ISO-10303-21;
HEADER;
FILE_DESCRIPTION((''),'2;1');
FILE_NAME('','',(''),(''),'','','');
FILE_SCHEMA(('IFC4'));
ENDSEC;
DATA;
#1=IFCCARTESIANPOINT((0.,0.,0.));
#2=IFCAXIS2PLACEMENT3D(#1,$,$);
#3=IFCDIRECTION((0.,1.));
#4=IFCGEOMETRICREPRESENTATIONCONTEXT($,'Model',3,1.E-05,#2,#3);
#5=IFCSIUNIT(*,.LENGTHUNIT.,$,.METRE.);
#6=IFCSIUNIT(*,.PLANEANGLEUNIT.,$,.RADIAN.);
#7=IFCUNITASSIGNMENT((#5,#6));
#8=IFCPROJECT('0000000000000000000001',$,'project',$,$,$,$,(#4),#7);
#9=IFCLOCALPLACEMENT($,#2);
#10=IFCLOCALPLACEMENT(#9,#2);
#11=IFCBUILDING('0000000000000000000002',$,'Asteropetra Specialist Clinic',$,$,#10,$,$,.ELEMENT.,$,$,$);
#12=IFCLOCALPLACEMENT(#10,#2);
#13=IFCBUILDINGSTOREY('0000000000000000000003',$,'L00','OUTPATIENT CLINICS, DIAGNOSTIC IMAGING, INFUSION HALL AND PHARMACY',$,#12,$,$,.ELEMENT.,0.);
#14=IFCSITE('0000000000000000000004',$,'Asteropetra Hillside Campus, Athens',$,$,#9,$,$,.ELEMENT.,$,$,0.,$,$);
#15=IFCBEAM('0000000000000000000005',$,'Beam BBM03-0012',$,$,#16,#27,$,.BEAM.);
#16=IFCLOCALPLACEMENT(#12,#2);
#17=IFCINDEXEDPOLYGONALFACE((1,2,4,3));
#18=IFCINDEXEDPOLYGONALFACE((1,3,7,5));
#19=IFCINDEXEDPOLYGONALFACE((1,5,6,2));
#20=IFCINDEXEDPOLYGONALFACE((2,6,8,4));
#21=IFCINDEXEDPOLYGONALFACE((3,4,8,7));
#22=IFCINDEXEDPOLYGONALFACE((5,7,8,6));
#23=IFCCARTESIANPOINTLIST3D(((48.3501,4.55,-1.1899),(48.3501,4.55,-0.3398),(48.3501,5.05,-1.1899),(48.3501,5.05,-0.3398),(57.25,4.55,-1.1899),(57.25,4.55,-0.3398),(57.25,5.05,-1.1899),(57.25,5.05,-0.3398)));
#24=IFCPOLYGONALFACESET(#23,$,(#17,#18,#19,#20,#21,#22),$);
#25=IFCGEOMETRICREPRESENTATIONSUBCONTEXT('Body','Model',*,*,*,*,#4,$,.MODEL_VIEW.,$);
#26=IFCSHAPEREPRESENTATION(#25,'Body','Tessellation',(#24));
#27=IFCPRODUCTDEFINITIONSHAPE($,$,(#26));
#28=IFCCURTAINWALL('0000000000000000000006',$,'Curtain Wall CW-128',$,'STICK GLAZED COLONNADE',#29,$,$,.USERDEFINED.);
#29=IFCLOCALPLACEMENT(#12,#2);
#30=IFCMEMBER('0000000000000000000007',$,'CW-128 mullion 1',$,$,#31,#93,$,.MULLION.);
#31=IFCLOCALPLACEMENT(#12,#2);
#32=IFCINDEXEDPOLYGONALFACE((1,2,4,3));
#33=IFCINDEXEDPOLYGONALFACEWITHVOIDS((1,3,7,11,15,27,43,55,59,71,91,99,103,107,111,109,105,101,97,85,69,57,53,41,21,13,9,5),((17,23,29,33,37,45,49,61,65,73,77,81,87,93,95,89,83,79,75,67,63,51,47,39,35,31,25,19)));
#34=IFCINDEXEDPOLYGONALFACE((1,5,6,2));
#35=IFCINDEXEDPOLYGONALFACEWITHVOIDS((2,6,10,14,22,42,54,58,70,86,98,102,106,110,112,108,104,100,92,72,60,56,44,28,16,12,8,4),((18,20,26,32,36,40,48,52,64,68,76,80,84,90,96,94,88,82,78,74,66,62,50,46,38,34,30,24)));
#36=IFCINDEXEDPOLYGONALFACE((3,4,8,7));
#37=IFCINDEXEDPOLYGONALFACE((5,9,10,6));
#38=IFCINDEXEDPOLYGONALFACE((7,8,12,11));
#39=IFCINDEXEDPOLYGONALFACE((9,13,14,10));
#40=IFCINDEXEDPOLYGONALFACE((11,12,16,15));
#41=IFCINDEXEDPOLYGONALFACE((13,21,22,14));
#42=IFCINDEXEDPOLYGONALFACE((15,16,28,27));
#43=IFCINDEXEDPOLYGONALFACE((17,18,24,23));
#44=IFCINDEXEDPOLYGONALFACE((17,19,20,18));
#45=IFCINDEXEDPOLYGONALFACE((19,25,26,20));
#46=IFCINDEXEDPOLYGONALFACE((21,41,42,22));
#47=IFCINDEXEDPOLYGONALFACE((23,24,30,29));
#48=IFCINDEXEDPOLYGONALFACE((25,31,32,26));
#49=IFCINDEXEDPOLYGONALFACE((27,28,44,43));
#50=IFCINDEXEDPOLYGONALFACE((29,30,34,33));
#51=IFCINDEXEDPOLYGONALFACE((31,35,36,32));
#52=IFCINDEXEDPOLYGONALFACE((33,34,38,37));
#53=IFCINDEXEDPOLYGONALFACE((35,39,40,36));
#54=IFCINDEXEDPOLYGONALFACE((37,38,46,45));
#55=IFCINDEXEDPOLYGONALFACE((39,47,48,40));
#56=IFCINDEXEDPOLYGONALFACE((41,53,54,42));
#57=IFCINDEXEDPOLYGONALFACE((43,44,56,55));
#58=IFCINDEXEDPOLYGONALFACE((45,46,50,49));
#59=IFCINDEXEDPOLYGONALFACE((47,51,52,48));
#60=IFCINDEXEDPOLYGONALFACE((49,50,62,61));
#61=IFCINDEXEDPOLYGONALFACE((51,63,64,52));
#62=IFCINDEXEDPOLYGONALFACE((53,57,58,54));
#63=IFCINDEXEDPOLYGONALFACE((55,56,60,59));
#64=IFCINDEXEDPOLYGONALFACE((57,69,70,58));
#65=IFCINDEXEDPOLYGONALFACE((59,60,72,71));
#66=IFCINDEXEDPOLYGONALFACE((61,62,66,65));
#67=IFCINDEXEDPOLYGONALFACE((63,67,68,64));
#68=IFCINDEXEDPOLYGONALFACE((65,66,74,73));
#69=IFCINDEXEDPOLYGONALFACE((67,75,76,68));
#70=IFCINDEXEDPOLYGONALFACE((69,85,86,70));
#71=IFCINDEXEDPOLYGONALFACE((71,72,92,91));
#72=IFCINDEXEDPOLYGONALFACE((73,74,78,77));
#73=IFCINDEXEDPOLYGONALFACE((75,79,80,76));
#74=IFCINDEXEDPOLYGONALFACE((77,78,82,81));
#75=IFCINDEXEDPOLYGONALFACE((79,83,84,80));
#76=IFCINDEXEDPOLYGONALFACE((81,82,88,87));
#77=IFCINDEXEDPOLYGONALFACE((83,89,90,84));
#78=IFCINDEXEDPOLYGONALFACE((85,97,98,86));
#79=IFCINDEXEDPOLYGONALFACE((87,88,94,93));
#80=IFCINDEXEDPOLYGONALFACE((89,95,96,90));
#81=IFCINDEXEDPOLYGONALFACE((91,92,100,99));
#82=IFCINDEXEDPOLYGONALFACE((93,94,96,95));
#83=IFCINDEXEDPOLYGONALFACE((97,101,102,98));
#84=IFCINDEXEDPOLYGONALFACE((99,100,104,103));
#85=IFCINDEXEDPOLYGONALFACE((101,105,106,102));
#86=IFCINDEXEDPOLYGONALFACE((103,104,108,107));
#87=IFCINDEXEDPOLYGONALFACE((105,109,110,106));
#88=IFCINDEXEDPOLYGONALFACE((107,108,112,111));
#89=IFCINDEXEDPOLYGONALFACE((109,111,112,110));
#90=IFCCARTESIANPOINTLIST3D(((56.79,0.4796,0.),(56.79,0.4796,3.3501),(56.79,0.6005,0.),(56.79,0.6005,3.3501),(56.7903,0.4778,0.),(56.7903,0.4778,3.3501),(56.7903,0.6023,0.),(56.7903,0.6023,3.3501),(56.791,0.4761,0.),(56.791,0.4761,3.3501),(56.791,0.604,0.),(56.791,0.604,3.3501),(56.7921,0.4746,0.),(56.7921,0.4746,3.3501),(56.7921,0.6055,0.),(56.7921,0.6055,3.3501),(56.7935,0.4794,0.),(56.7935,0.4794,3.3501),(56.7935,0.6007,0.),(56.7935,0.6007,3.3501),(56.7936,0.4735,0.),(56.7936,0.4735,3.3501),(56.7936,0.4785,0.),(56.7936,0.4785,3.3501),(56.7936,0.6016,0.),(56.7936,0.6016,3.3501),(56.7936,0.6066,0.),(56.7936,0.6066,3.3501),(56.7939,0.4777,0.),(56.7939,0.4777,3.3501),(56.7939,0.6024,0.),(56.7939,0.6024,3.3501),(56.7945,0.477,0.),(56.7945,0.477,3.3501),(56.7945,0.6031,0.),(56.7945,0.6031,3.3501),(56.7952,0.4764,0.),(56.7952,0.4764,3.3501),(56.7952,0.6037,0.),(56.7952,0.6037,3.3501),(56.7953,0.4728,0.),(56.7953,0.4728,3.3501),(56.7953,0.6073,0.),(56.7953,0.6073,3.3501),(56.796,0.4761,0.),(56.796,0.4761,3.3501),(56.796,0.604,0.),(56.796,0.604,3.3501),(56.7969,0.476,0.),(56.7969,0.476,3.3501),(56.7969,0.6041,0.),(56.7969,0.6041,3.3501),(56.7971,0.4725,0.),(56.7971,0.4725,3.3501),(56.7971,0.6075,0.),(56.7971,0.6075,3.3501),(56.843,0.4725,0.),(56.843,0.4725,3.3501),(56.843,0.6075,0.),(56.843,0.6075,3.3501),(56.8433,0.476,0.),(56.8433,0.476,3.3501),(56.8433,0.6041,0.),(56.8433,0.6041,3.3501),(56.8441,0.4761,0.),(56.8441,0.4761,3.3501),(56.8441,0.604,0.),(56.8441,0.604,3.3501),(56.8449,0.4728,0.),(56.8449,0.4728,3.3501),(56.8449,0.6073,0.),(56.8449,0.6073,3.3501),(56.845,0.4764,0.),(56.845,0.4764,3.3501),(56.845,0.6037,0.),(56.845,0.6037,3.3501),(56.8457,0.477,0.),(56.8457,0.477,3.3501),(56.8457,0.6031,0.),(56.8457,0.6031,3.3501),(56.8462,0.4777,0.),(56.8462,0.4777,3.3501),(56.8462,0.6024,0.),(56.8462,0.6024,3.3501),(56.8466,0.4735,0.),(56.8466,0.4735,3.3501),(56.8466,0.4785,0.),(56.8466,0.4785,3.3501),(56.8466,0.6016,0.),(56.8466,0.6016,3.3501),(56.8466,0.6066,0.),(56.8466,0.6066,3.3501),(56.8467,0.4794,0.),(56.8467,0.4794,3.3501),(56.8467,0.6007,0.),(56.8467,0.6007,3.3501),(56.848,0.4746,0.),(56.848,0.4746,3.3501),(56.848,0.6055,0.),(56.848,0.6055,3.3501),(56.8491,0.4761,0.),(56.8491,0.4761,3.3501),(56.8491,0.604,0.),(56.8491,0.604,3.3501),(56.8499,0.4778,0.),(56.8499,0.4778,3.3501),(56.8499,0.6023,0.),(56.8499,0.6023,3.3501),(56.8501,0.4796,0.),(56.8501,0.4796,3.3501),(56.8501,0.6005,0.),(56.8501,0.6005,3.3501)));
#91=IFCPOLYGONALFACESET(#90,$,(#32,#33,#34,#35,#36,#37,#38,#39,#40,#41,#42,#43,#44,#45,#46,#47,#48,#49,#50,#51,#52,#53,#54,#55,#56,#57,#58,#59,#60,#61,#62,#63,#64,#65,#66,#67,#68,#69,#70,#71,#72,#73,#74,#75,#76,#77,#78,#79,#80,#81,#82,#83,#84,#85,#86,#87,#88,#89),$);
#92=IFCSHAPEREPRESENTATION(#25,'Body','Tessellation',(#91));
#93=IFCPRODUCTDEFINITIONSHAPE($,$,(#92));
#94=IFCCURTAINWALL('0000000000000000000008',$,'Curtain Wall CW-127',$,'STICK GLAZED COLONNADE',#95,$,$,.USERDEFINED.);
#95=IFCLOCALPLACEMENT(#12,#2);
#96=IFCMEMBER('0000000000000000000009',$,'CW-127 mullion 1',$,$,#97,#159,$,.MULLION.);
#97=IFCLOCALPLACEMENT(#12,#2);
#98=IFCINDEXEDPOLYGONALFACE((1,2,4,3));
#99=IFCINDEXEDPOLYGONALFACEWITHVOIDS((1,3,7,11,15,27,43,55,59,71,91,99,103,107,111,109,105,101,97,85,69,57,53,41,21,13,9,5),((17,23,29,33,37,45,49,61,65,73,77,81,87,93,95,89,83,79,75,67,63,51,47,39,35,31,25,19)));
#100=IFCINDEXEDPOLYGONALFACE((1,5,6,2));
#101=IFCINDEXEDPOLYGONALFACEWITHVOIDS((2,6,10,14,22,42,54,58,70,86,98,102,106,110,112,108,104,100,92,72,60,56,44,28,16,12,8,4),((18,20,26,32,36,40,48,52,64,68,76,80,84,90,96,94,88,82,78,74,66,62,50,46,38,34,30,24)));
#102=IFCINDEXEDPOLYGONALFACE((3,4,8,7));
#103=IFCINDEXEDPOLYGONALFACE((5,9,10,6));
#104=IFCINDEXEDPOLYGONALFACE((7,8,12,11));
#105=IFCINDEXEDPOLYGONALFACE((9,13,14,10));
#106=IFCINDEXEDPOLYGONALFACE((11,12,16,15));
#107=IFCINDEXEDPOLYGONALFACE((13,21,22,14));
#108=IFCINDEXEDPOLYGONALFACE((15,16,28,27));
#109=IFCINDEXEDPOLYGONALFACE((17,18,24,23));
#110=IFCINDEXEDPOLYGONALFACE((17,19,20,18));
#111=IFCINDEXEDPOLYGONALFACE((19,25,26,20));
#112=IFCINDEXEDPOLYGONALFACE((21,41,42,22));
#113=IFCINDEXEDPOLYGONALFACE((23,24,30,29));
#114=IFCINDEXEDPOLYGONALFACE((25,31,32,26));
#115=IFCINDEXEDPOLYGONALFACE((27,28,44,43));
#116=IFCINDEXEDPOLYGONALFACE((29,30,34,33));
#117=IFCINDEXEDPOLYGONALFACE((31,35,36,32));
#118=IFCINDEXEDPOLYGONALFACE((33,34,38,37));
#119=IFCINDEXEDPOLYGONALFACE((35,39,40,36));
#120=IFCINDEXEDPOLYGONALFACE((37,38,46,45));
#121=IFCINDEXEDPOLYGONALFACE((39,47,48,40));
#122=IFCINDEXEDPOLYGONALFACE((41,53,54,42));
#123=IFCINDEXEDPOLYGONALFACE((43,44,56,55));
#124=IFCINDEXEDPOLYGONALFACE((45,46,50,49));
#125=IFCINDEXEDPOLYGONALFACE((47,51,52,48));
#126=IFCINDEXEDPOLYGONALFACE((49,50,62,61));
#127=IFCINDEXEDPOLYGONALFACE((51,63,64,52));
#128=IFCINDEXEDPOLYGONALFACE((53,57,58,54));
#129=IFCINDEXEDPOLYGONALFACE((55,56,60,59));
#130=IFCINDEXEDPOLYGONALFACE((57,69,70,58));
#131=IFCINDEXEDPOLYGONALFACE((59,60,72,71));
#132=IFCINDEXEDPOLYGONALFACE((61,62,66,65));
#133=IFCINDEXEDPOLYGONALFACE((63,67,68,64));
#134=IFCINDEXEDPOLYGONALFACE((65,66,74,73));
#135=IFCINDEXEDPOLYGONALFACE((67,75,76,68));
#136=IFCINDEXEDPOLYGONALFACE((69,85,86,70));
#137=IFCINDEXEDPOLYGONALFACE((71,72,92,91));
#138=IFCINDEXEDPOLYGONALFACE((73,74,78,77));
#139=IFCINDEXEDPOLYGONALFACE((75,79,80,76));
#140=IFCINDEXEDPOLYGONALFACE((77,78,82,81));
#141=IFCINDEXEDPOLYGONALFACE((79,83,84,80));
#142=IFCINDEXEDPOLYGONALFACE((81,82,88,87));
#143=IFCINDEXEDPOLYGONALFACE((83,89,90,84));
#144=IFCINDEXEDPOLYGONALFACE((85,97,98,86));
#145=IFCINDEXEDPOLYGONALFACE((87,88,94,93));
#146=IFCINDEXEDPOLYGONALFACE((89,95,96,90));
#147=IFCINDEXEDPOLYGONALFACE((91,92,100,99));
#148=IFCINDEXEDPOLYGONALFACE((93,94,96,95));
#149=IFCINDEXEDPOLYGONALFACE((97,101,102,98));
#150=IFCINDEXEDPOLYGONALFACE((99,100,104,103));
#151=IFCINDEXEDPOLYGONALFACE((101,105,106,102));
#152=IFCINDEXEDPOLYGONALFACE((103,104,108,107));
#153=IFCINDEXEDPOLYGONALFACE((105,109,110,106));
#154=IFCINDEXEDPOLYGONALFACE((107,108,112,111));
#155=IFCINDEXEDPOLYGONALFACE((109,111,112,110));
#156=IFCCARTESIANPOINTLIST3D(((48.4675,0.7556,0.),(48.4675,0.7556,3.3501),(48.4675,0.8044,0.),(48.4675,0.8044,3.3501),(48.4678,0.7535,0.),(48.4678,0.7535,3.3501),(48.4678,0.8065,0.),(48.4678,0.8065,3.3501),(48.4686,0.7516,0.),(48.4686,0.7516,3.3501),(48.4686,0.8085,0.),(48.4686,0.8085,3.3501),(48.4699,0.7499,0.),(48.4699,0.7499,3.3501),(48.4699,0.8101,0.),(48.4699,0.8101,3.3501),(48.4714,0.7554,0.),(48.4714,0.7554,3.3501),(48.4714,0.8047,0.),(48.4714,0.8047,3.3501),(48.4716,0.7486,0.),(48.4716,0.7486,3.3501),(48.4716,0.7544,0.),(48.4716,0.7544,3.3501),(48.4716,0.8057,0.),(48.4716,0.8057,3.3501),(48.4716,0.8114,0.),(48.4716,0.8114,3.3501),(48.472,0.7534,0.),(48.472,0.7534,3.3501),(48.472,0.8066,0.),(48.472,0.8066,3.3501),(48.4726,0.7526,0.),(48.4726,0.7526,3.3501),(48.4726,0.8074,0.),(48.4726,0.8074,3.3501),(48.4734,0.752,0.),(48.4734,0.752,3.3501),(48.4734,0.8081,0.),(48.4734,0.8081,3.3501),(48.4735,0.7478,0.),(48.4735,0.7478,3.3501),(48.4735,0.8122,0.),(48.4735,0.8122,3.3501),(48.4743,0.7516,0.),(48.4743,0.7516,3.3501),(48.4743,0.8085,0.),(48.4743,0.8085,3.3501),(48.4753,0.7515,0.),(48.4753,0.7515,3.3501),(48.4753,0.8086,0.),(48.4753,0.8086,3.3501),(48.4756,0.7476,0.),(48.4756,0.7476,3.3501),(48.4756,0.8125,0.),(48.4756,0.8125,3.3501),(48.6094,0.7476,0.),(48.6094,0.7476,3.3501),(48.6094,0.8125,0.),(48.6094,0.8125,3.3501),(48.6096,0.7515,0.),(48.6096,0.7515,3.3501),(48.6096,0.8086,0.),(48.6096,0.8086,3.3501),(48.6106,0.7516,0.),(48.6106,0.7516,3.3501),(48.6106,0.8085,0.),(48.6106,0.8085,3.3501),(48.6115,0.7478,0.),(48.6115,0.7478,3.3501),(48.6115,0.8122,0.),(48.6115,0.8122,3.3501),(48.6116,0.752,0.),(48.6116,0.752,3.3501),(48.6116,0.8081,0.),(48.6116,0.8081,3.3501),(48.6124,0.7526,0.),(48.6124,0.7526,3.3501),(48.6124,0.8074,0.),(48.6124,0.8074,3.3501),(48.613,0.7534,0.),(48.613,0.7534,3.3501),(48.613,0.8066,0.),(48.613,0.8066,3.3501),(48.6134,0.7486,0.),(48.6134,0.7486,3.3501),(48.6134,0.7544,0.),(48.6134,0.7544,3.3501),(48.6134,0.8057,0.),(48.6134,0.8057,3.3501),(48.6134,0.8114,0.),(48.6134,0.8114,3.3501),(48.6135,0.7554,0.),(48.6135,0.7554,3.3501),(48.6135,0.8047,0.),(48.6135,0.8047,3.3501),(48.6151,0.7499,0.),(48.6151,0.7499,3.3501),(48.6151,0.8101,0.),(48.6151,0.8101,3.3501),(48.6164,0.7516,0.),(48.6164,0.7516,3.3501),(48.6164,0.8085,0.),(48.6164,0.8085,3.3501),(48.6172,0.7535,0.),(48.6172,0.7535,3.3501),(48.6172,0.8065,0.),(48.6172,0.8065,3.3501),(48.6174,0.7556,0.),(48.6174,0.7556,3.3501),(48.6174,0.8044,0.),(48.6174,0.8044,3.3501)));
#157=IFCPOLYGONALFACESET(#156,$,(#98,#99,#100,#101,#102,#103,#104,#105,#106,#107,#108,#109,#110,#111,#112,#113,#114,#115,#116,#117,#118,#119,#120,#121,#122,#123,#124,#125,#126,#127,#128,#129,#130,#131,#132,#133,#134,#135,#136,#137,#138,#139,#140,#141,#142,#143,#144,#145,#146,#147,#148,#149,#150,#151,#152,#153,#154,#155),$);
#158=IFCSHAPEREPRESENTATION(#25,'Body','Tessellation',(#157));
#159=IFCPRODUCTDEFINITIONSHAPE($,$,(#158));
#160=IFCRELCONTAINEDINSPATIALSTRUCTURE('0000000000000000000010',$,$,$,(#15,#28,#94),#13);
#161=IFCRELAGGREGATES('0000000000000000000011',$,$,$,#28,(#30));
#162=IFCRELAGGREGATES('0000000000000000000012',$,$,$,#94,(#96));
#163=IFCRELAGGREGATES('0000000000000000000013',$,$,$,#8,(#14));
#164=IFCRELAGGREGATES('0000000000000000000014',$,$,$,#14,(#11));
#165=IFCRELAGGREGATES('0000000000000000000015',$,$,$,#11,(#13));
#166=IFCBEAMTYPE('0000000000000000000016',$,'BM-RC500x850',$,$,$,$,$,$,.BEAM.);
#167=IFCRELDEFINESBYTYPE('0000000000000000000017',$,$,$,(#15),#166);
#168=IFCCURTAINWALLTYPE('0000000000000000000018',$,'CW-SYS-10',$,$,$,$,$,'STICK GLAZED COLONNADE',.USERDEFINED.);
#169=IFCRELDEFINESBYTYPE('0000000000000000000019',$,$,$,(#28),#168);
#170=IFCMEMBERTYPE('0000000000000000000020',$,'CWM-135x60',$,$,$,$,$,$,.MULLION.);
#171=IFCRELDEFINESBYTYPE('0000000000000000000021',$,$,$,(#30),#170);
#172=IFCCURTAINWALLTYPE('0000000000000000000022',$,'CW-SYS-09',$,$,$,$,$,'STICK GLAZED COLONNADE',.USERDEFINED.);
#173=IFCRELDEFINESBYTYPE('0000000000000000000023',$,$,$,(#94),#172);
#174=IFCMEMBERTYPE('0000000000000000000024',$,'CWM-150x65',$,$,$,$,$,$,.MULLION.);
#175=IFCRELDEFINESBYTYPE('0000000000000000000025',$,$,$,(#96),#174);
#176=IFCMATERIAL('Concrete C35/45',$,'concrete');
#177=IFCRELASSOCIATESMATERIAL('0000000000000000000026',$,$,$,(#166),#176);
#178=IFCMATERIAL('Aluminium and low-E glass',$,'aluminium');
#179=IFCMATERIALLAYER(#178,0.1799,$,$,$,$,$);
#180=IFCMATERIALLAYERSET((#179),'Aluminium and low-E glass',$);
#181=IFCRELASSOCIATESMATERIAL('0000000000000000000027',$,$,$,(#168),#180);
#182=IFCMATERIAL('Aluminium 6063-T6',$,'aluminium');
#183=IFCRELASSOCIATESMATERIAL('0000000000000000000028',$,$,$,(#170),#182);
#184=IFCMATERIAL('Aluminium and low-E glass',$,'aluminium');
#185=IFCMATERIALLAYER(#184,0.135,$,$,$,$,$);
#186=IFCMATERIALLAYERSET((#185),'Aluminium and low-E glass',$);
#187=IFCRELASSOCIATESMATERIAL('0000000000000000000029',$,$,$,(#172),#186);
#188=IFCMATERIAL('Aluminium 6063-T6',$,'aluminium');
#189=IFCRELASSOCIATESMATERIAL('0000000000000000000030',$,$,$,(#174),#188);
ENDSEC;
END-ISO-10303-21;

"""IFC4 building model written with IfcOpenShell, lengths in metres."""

from ifc_helpers import new_model, si_unit, direction, frame, origin, origin_2d, place, context, subcontext, project, spatial, rectangle, hollow_rectangle, extrude, material, layer, layer_set, material_profile, profile_set, type_object, element, aggregate, save


model = new_model("IFC4")

# Units and contexts
model_context = context("Model", 3, precision=1e-05, world=origin(), true_north=direction((0.0, 1.0)))
body_context = subcontext(model_context, "Body", "Model", "MODEL_VIEW")
ifc_project = project(units=[si_unit("LENGTHUNIT", "METRE"), si_unit("PLANEANGLEUNIT", "RADIAN")], contexts=[model_context])

# Site, building, storey
site_placement = place(None, origin())
site = spatial("IfcSite", under=ifc_project, at=site_placement, Name="Asteropetra Hillside Campus, Athens", CompositionType="ELEMENT", RefElevation=0.0)
building_placement = place(site_placement, origin())
building = spatial("IfcBuilding", under=site, at=building_placement, Name="Asteropetra Specialist Clinic", CompositionType="ELEMENT")
storey_placement = place(building_placement, origin())
storey = spatial("IfcBuildingStorey", under=building, at=storey_placement, Name="L00", Description="OUTPATIENT CLINICS, DIAGNOSTIC IMAGING, INFUSION HALL AND PHARMACY", CompositionType="ELEMENT", Elevation=0.0)

# Beam
ifc_material_1 = material(Name="Concrete C35/45", Category="concrete")
ifc_material_profile_1 = material_profile(ifc_material_1, rectangle(XDim=0.5, YDim=0.8501, at=origin_2d()), Name="RCB 500x850")
ifc_profile_set_1 = profile_set([ifc_material_profile_1], Name="Concrete C35/45")
beam_type_1 = type_object("IfcBeamType", Name="BM-RC500x850", PredefinedType="BEAM", material=ifc_profile_set_1)
beam_1_placement = place(storey_placement, frame((48.3501, 4.8, -0.7649), z_axis=(1.0, 0.0, 0.0), x_axis=(0.0, 1.0, 0.0)))
element("IfcBeam", 1, at=beam_1_placement, inside=storey, type_object=beam_type_1, Name="Beam BBM03-0012", PredefinedType="BEAM", context=body_context, shape_type="SweptSolid", body=[
    extrude(rectangle(XDim=0.5, YDim=0.8501, at=origin_2d()), origin(), (0.0, 0.0, 1.0), 8.8999),
])

# Curtain wall, member
ifc_material_2 = material(Name="Aluminium and low-E glass", Category="aluminium")
ifc_layer_1 = layer(ifc_material_2, 0.1799)
ifc_layer_set_1 = layer_set([ifc_layer_1], Name="Aluminium and low-E glass")
curtain_wall_type_1 = type_object("IfcCurtainWallType", Name="CW-SYS-10", ElementType="STICK GLAZED COLONNADE", PredefinedType="USERDEFINED", material=ifc_layer_set_1)
curtain_wall_1_placement = place(storey_placement, origin())
curtain_wall_1 = element("IfcCurtainWall", 2, at=curtain_wall_1_placement, inside=storey, type_object=curtain_wall_type_1, Name="Curtain Wall CW-128", ObjectType="STICK GLAZED COLONNADE", PredefinedType="USERDEFINED")
ifc_material_3 = material(Name="Aluminium 6063-T6", Category="aluminium")
ifc_material_profile_2 = material_profile(ifc_material_3, hollow_rectangle(XDim=0.0601, YDim=0.135, WallThickness=0.0034, InnerFilletRadius=0.0034, OuterFilletRadius=0.0071, at=origin_2d()), Name="MUL 135x60x3.5")
ifc_profile_set_2 = profile_set([ifc_material_profile_2], Name="Aluminium 6063-T6")
member_type_1 = type_object("IfcMemberType", Name="CWM-135x60", PredefinedType="MULLION", material=ifc_profile_set_2)
member_1_placement = place(storey_placement, frame((56.8201, 0.54, 0.0), z_axis=(0.0, 0.0, 1.0), x_axis=(-1.0, 0.0, 0.0)))
member_1 = element("IfcMember", 3, at=member_1_placement, type_object=member_type_1, Name="CW-128 mullion 1", PredefinedType="MULLION", context=body_context, shape_type="SweptSolid", body=[
    extrude(hollow_rectangle(XDim=0.0601, YDim=0.135, WallThickness=0.0034, InnerFilletRadius=0.0034, OuterFilletRadius=0.0071, at=origin_2d()), origin(), (0.0, 0.0, 1.0), 3.3501),
])
aggregate(curtain_wall_1, [member_1])

# Curtain wall, member
ifc_material_4 = material(Name="Aluminium and low-E glass", Category="aluminium")
ifc_layer_2 = layer(ifc_material_4, 0.135)
ifc_layer_set_2 = layer_set([ifc_layer_2], Name="Aluminium and low-E glass")
curtain_wall_type_2 = type_object("IfcCurtainWallType", Name="CW-SYS-09", ElementType="STICK GLAZED COLONNADE", PredefinedType="USERDEFINED", material=ifc_layer_set_2)
curtain_wall_2_placement = place(storey_placement, origin())
curtain_wall_2 = element("IfcCurtainWall", 4, at=curtain_wall_2_placement, inside=storey, type_object=curtain_wall_type_2, Name="Curtain Wall CW-127", ObjectType="STICK GLAZED COLONNADE", PredefinedType="USERDEFINED")
ifc_material_5 = material(Name="Aluminium 6063-T6", Category="aluminium")
ifc_material_profile_3 = material_profile(ifc_material_5, hollow_rectangle(XDim=0.0649, YDim=0.1499, WallThickness=0.0039, InnerFilletRadius=0.0039, OuterFilletRadius=0.0081, at=origin_2d()), Name="MUL 150x65x4.0")
ifc_profile_set_3 = profile_set([ifc_material_profile_3], Name="Aluminium 6063-T6")
member_type_2 = type_object("IfcMemberType", Name="CWM-150x65", PredefinedType="MULLION", material=ifc_profile_set_3)
member_2_placement = place(storey_placement, frame((48.5425, 0.78, 0.0), z_axis=(0.0, 0.0, 1.0), x_axis=(0.0, 1.0, 0.0)))
member_2 = element("IfcMember", 5, at=member_2_placement, type_object=member_type_2, Name="CW-127 mullion 1", PredefinedType="MULLION", context=body_context, shape_type="SweptSolid", body=[
    extrude(hollow_rectangle(XDim=0.0649, YDim=0.1499, WallThickness=0.0039, InnerFilletRadius=0.0039, OuterFilletRadius=0.0081, at=origin_2d()), origin(), (0.0, 0.0, 1.0), 3.3501),
])

aggregate(curtain_wall_2, [member_2])

save(model, "model.ifc")
